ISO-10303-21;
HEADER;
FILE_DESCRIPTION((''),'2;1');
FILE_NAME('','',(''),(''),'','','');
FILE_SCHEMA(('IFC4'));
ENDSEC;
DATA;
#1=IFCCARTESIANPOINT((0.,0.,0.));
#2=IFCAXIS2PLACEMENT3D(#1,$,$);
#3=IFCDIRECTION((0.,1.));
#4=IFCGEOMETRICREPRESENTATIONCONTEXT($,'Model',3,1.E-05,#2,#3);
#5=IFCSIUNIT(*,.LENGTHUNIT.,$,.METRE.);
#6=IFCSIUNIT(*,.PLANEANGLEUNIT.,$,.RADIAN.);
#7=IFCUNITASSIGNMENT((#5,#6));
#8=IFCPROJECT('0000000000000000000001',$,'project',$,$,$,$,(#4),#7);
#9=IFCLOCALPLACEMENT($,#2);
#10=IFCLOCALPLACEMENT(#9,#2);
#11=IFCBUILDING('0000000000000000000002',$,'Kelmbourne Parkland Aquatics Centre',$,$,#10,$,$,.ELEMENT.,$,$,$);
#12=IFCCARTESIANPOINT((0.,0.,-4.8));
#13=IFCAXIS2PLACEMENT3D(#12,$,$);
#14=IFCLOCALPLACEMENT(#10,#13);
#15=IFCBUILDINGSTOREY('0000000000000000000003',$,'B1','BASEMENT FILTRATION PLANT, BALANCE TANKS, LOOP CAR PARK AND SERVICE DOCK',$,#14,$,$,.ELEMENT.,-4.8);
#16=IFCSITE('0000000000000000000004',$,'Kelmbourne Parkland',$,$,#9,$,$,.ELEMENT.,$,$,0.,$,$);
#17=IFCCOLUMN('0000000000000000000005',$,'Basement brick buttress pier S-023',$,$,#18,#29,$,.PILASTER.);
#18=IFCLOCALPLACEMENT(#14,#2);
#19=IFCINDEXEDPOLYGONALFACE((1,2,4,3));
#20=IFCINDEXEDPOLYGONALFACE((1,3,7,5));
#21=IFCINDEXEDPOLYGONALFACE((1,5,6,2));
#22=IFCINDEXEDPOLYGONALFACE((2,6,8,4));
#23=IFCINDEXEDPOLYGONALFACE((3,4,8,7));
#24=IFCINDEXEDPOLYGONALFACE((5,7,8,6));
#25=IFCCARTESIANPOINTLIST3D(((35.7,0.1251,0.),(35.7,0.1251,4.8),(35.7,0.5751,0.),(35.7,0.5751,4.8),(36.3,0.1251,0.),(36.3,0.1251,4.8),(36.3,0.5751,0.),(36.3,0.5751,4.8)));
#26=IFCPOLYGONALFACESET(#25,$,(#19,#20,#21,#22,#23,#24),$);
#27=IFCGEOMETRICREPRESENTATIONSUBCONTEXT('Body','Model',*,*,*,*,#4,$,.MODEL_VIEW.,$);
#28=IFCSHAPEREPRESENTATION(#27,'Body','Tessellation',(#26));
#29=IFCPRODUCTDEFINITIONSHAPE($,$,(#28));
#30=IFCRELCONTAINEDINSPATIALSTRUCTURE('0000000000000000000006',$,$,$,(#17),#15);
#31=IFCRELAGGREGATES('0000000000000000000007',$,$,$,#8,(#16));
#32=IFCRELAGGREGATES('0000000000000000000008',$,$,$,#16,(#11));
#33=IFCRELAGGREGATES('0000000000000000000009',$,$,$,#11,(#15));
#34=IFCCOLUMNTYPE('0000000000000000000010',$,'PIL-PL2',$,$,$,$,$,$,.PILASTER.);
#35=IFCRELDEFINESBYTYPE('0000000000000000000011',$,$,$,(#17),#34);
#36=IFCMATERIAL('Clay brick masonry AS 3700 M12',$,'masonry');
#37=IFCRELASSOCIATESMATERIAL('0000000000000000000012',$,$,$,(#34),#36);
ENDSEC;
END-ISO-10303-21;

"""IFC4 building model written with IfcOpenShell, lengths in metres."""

from ifc_helpers import new_model, si_unit, direction, frame, origin, origin_2d, place, context, subcontext, project, spatial, rectangle, extrude, material, material_profile, profile_set, type_object, element, save


model = new_model("IFC4")

# Units and contexts
model_context = context("Model", 3, precision=1e-05, world=origin(), true_north=direction((0.0, 1.0)))
body_context = subcontext(model_context, "Body", "Model", "MODEL_VIEW")
ifc_project = project(units=[si_unit("LENGTHUNIT", "METRE"), si_unit("PLANEANGLEUNIT", "RADIAN")], contexts=[model_context])

# Site, building, storey
site_placement = place(None, origin())
site = spatial("IfcSite", under=ifc_project, at=site_placement, Name="Kelmbourne Parkland", CompositionType="ELEMENT", RefElevation=0.0)
building_placement = place(site_placement, origin())
building = spatial("IfcBuilding", under=site, at=building_placement, Name="Kelmbourne Parkland Aquatics Centre", CompositionType="ELEMENT")
storey_placement = place(building_placement, frame((0.0, 0.0, -4.8)))
storey = spatial("IfcBuildingStorey", under=building, at=storey_placement, Name="B1", Description="BASEMENT FILTRATION PLANT, BALANCE TANKS, LOOP CAR PARK AND SERVICE DOCK", CompositionType="ELEMENT", Elevation=-4.8)

# Column
ifc_material_1 = material(Name="Clay brick masonry AS 3700 M12", Category="masonry")
ifc_material_profile_1 = material_profile(ifc_material_1, rectangle(XDim=0.45, YDim=0.6001, at=origin_2d()), Name="PIL 450x600")
ifc_profile_set_1 = profile_set([ifc_material_profile_1], Name="Clay brick masonry AS 3700 M12")
column_type_1 = type_object("IfcColumnType", Name="PIL-PL2", PredefinedType="PILASTER", material=ifc_profile_set_1)
for number, where, z_axis, x_axis, name in (
    (1, (36.0, 0.3501, 0.0), (0.0, 0.0, 1.0), (0.0, 1.0, 0.0), "Basement brick buttress pier S-023"),
):
    element("IfcColumn", number, at=place(storey_placement, frame(where, z_axis=z_axis, x_axis=x_axis)), inside=storey, type_object=column_type_1, Name=name, PredefinedType="PILASTER", context=body_context, shape_type="SweptSolid", body=[
        extrude(rectangle(XDim=0.45, YDim=0.6001, at=origin_2d()), origin(), (0.0, 0.0, 1.0), 4.8),
    ])

save(model, "model.ifc")
